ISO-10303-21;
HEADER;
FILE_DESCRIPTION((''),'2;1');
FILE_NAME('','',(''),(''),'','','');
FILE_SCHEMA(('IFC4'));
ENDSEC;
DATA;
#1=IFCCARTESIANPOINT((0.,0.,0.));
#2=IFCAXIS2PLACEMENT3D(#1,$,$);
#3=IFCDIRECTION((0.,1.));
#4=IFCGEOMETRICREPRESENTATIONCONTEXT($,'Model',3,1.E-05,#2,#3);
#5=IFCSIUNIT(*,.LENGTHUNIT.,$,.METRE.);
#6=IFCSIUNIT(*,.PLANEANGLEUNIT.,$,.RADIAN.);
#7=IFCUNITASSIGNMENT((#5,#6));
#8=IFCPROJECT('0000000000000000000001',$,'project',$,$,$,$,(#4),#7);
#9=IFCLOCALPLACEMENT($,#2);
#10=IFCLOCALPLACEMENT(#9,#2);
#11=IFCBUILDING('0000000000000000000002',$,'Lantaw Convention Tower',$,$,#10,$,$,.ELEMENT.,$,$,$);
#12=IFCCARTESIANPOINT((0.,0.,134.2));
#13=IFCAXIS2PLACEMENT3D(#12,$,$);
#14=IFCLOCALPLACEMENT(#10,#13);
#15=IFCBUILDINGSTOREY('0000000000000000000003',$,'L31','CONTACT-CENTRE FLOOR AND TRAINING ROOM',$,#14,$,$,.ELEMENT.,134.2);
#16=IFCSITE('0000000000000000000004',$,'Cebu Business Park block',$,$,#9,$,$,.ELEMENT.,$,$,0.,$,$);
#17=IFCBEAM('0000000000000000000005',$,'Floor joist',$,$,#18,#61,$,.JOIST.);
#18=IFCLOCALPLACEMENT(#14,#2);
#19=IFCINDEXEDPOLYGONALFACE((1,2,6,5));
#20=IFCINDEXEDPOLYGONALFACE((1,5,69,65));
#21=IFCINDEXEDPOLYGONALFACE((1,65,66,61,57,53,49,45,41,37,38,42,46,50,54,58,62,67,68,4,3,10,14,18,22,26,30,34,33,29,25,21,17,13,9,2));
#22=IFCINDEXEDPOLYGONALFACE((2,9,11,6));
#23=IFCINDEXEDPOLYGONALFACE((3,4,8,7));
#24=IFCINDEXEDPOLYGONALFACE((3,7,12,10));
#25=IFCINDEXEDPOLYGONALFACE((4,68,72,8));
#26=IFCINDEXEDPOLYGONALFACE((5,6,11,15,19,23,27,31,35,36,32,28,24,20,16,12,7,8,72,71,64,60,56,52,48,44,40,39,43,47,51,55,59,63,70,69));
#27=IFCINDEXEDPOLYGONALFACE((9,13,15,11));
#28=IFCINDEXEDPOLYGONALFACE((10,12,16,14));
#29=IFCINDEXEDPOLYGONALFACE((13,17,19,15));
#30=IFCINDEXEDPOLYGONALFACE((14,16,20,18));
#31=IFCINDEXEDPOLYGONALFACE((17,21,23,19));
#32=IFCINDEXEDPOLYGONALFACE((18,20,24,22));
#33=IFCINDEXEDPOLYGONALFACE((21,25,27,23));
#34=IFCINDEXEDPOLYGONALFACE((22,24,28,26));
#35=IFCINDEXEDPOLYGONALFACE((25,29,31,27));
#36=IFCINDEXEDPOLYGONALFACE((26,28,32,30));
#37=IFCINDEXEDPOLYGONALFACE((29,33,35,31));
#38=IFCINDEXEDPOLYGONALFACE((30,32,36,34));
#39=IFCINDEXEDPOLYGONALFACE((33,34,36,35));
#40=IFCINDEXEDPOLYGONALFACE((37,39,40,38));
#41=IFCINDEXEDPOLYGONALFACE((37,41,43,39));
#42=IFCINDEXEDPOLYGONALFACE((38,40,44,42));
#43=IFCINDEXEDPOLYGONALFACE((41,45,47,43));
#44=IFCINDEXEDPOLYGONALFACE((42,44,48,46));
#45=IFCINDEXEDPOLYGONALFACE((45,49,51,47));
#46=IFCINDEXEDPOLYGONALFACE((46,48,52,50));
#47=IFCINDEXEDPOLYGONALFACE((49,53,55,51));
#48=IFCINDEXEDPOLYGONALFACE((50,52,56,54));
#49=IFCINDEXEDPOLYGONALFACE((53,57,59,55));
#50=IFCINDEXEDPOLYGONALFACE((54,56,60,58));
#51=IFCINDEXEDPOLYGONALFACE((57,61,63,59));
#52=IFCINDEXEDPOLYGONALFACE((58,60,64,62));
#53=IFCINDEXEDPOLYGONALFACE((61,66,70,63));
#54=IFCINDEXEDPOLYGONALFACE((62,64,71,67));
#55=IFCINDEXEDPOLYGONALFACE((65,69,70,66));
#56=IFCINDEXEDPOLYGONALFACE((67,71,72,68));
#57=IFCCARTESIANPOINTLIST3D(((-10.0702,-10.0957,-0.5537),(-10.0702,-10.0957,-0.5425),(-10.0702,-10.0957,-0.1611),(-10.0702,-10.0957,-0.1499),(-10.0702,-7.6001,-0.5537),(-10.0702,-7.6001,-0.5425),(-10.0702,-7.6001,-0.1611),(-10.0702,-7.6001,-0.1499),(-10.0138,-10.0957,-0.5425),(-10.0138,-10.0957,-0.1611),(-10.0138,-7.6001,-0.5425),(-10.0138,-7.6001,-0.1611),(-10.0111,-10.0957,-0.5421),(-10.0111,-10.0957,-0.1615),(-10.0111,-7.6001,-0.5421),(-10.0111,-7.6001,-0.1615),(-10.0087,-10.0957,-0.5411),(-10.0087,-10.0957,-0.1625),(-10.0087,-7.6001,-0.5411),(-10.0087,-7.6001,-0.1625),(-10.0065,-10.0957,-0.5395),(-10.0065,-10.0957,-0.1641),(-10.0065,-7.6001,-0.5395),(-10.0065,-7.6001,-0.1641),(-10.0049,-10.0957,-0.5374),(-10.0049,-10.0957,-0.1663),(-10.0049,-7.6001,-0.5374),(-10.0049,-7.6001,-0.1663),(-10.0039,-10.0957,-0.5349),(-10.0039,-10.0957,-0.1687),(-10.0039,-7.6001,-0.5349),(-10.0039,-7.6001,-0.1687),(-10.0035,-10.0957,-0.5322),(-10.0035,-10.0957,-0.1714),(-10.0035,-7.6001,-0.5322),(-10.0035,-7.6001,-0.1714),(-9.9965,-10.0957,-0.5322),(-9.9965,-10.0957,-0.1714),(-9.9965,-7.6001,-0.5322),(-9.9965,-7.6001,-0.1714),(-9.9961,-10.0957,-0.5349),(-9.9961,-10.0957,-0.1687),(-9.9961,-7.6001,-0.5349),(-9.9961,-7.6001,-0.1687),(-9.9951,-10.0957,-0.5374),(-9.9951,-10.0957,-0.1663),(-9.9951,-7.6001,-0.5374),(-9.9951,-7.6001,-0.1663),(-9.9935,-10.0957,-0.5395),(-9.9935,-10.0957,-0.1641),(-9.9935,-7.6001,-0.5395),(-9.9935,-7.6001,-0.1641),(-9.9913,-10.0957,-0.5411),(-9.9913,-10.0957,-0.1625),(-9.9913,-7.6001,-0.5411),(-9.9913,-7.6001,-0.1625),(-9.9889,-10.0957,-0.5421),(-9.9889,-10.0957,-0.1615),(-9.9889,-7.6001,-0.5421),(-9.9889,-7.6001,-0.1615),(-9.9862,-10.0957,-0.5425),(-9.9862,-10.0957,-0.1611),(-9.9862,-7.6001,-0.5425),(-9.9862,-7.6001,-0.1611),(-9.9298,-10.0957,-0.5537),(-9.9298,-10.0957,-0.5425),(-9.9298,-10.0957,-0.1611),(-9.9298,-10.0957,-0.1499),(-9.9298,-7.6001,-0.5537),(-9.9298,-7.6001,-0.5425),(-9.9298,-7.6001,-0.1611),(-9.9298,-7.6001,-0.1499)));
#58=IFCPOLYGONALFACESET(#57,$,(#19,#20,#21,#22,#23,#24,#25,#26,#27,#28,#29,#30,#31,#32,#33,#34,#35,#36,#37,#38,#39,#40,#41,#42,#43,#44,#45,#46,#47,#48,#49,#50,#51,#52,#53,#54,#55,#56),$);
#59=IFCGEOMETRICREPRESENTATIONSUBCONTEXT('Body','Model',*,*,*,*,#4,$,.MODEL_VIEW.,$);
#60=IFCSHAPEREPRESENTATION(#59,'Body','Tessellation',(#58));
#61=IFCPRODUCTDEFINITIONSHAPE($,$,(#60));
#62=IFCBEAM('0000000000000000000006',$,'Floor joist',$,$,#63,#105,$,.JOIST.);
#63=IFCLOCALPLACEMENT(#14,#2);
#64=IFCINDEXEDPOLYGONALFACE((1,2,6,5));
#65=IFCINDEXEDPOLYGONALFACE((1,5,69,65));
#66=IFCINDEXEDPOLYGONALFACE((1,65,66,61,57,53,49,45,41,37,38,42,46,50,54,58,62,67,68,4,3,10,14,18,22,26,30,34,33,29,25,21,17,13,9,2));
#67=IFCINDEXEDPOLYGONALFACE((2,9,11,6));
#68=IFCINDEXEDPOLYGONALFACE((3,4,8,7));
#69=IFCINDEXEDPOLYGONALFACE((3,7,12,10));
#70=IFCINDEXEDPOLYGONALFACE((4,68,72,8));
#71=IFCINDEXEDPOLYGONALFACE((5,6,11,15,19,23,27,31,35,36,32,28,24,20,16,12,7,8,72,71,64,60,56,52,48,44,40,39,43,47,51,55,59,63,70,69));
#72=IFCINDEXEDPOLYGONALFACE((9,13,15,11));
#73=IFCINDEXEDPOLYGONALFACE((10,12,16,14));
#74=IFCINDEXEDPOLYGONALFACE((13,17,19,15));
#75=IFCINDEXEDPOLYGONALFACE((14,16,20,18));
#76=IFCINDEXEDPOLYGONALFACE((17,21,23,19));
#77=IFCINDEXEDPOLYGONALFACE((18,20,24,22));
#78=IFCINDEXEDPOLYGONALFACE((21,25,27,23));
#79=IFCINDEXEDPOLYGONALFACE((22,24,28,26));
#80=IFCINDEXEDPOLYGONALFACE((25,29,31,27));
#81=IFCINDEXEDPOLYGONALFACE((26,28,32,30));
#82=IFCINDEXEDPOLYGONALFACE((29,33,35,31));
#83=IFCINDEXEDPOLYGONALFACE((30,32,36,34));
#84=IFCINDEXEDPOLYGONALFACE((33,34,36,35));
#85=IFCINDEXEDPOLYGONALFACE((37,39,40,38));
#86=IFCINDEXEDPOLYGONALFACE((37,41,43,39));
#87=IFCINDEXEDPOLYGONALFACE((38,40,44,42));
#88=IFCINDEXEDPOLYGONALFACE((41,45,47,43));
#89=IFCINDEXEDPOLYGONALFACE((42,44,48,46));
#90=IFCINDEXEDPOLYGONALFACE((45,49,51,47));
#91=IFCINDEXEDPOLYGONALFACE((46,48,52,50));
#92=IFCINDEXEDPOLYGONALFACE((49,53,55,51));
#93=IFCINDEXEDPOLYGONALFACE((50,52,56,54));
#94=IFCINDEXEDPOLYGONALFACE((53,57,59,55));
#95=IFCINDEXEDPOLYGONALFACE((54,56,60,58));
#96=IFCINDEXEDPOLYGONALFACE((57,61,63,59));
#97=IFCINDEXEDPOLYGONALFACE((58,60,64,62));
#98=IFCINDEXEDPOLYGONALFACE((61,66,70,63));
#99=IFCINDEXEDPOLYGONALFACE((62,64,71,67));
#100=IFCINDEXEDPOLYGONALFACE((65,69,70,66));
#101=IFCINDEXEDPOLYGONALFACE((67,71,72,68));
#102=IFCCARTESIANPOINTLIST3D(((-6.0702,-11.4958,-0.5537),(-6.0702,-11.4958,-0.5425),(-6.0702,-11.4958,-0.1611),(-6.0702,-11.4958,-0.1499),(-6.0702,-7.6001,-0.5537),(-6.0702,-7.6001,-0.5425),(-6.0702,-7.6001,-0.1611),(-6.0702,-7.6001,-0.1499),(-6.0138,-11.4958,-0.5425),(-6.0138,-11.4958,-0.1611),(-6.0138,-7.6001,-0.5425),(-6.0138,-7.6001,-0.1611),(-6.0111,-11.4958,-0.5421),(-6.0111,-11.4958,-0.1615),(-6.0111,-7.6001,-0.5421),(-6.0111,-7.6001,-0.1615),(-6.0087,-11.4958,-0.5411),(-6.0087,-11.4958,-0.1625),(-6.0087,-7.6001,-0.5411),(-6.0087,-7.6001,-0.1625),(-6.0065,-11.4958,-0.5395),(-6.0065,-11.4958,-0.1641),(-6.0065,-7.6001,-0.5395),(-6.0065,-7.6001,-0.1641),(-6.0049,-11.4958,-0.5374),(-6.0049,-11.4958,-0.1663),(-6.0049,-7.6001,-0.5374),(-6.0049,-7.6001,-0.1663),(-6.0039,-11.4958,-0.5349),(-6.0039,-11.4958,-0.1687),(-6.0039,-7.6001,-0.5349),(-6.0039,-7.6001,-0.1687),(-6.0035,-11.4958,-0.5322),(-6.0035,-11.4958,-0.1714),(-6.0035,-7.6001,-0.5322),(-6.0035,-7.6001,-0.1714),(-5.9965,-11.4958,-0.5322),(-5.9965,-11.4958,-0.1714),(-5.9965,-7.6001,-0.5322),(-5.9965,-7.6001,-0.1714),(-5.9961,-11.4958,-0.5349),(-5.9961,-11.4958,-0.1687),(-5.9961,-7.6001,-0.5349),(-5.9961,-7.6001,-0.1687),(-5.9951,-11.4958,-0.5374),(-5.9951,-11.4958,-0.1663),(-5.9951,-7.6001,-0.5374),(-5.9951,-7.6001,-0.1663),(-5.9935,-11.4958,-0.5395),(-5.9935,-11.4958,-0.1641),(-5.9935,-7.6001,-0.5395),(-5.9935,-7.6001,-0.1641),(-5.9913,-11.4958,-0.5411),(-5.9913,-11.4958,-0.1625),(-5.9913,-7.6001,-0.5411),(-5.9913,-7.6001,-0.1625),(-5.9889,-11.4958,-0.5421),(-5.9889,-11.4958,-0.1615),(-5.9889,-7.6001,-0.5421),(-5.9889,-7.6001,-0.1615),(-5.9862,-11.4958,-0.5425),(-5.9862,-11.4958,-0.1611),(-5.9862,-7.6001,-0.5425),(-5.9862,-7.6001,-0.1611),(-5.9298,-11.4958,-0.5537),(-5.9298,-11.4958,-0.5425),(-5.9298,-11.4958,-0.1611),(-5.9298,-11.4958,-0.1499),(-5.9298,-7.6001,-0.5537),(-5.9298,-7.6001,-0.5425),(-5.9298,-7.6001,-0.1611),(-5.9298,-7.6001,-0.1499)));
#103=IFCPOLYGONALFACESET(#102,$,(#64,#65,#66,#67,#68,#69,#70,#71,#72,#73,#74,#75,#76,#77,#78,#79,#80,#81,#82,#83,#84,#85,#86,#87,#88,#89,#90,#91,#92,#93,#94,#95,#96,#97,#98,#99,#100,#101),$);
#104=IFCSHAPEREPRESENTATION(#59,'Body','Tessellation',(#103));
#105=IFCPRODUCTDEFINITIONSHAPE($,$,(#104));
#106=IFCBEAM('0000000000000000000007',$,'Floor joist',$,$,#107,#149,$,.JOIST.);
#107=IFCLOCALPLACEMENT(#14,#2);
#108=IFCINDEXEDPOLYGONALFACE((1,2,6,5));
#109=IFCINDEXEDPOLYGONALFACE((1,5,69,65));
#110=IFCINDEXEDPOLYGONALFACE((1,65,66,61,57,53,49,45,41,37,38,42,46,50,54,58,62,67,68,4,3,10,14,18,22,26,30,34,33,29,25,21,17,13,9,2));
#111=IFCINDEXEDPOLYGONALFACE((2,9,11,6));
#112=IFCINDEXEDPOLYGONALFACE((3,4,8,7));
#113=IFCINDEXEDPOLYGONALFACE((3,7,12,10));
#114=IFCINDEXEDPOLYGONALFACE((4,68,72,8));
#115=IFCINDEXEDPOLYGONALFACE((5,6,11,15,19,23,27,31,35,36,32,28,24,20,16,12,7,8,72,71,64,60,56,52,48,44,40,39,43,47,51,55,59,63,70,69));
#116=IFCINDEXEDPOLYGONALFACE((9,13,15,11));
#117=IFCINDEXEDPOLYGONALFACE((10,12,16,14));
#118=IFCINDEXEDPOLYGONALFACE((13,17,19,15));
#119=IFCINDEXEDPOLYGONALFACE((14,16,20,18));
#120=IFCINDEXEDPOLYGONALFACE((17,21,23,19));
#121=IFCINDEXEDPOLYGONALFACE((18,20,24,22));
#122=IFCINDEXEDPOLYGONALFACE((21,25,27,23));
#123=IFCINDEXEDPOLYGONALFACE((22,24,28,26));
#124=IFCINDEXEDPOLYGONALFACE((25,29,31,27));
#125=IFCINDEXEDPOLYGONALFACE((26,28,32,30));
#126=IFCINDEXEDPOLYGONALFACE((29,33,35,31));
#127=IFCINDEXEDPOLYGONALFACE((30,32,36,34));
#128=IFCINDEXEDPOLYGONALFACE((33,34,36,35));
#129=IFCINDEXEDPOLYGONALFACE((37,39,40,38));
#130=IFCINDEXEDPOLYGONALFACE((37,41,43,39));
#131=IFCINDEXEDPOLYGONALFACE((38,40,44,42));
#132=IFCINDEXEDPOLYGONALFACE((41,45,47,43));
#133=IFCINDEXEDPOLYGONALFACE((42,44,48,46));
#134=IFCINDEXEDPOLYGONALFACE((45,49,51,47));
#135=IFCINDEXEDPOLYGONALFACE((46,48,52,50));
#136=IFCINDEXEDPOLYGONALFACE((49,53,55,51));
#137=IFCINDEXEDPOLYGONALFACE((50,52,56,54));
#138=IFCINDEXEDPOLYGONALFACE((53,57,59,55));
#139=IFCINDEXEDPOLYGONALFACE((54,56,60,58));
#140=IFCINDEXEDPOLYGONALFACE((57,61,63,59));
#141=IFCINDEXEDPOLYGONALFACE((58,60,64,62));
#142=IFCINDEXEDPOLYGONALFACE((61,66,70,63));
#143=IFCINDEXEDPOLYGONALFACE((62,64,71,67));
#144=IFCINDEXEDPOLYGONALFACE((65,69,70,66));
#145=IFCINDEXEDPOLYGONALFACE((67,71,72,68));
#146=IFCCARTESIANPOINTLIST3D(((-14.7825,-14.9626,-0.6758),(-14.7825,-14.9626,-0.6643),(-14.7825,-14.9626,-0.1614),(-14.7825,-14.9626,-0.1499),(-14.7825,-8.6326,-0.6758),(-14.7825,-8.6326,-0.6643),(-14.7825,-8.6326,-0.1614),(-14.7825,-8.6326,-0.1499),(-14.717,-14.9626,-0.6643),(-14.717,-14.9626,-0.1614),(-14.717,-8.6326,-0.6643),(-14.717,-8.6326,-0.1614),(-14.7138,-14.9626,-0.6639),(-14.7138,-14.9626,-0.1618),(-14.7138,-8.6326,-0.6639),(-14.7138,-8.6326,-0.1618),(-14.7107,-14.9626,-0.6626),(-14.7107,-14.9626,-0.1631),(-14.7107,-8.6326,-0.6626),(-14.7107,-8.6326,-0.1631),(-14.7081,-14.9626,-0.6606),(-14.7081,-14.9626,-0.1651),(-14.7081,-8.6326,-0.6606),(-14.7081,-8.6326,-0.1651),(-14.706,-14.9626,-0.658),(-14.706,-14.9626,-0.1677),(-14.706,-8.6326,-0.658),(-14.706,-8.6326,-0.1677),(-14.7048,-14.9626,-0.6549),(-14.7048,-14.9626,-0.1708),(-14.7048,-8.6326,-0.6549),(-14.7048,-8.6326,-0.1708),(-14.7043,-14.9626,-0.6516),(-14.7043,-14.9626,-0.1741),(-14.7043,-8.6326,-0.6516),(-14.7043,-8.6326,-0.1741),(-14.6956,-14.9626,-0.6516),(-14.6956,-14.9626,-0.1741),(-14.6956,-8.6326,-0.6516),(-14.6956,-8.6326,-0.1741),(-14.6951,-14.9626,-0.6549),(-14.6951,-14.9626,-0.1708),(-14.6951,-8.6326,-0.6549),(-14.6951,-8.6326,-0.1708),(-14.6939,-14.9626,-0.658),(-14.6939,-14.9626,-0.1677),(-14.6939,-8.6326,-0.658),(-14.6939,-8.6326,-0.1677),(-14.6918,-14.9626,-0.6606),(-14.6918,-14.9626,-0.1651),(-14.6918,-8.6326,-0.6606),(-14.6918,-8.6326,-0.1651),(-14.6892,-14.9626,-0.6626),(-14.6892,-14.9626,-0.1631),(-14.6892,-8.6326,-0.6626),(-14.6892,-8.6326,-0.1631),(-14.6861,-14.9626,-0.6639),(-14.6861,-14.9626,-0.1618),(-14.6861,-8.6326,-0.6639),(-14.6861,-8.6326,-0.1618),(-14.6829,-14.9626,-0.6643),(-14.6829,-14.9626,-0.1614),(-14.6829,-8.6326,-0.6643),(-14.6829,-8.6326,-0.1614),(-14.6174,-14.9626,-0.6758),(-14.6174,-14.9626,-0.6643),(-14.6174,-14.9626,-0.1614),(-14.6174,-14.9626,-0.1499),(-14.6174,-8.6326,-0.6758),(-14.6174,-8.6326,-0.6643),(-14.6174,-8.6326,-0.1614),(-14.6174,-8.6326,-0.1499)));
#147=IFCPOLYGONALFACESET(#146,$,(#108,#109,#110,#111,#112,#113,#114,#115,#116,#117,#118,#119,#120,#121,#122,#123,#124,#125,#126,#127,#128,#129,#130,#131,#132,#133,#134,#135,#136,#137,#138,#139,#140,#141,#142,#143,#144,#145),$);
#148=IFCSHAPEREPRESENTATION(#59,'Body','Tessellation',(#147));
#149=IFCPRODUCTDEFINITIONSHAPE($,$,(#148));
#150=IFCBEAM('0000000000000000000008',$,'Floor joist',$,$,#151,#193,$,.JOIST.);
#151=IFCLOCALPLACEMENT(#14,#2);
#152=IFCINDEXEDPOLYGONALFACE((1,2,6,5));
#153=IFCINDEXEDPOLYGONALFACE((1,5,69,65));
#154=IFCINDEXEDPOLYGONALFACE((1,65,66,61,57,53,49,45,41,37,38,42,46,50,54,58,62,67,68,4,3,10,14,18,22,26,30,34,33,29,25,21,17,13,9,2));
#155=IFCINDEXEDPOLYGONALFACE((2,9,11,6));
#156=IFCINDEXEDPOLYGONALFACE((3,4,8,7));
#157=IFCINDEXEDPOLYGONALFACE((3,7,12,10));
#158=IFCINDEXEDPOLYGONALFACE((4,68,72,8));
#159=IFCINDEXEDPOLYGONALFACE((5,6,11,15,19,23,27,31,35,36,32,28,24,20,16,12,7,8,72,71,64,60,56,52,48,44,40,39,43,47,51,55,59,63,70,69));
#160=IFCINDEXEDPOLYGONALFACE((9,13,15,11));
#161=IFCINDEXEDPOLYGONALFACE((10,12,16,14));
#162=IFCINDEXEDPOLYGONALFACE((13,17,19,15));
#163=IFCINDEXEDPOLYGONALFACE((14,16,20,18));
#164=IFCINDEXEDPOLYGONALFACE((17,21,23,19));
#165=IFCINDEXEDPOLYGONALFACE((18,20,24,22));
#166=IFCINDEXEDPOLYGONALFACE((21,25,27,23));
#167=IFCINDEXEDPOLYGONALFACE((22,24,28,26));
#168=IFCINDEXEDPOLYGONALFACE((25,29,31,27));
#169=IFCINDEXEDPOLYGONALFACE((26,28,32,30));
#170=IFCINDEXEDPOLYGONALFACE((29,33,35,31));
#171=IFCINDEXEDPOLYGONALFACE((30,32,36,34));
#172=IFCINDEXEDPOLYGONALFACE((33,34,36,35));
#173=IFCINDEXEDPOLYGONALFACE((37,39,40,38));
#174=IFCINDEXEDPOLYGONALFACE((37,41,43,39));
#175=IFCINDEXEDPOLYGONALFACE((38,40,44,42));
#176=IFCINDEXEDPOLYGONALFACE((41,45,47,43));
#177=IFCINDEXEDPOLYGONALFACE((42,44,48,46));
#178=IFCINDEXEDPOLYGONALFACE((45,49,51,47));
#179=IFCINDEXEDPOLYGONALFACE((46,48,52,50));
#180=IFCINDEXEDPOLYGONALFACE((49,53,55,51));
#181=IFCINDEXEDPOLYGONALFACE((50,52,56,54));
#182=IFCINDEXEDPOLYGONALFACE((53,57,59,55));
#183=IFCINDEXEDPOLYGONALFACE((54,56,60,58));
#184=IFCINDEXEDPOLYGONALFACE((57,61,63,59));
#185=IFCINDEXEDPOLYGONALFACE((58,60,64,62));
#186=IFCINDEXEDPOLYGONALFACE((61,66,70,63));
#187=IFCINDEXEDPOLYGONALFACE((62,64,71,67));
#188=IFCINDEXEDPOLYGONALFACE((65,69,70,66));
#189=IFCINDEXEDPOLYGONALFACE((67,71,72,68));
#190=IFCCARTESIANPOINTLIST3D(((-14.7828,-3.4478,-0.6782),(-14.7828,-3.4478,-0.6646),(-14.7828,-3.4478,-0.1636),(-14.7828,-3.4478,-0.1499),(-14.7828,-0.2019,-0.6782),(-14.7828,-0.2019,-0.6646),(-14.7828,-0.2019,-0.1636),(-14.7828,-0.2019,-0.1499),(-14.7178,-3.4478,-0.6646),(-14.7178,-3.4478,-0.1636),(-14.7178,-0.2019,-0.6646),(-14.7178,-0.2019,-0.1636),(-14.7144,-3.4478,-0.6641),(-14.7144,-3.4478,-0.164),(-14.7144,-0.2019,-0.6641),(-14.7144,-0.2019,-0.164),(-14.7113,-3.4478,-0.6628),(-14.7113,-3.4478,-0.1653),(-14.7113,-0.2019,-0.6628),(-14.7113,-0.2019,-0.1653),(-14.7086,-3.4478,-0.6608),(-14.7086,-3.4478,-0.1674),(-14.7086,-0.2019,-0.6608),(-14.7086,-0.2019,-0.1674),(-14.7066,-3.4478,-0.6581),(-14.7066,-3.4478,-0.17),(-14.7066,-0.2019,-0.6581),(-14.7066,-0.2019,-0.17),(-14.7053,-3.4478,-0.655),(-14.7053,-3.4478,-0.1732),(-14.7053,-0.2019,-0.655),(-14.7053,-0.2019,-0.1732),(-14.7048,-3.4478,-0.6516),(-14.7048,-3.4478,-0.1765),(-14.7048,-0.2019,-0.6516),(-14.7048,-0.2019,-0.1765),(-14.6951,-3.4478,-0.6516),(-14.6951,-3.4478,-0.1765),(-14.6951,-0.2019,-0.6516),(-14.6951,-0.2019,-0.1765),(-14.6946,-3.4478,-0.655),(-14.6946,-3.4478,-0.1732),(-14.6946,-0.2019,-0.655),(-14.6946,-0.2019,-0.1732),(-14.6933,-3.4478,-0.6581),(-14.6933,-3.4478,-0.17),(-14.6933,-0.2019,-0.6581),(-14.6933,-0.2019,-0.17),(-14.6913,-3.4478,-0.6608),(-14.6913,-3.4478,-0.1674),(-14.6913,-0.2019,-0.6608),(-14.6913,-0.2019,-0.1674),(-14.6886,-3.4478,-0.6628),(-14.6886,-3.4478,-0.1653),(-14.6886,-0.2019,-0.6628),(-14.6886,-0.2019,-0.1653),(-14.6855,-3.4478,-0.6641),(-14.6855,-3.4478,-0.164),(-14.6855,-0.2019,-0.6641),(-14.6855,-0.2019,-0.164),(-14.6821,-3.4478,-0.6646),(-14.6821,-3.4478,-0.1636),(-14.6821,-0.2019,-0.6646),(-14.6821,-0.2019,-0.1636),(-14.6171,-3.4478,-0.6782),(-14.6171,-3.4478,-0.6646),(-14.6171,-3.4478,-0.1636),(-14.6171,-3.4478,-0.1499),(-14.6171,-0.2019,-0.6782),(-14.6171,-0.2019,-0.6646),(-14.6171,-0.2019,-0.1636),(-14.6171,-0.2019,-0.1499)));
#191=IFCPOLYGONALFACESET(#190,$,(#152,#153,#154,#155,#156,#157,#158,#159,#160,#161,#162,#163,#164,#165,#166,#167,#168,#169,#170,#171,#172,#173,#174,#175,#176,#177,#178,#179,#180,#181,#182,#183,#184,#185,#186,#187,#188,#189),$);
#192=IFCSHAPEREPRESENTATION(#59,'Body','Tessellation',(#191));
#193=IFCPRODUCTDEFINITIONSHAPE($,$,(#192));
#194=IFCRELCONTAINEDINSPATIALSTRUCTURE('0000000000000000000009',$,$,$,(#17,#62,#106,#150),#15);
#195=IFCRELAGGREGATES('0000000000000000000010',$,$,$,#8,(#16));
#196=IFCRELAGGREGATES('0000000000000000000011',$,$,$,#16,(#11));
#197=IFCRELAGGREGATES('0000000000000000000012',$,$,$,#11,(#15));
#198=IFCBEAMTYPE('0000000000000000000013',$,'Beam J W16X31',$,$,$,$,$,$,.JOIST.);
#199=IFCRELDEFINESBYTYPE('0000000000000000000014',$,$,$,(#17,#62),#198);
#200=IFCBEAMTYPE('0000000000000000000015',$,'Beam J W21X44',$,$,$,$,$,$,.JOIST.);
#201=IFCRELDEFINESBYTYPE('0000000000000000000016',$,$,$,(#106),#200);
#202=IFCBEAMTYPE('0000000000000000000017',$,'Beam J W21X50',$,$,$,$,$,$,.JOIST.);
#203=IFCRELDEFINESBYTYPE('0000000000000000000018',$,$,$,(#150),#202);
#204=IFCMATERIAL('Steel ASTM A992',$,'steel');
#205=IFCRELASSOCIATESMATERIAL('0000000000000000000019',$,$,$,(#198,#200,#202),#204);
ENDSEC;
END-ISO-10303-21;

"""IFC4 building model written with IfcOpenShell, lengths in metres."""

from ifc_helpers import new_model, si_unit, direction, frame, origin, origin_2d, place, context, subcontext, project, spatial, i_section, extrude, material, material_profile, profile_set, type_object, element, save


model = new_model("IFC4")

# Units and contexts
model_context = context("Model", 3, precision=1e-05, world=origin(), true_north=direction((0.0, 1.0)))
body_context = subcontext(model_context, "Body", "Model", "MODEL_VIEW")
ifc_project = project(units=[si_unit("LENGTHUNIT", "METRE"), si_unit("PLANEANGLEUNIT", "RADIAN")], contexts=[model_context])

# Site, building, storey
site_placement = place(None, origin())
site = spatial("IfcSite", under=ifc_project, at=site_placement, Name="Cebu Business Park block", CompositionType="ELEMENT", RefElevation=0.0)
building_placement = place(site_placement, origin())
building = spatial("IfcBuilding", under=site, at=building_placement, Name="Lantaw Convention Tower", CompositionType="ELEMENT")
storey_placement = place(building_placement, frame((0.0, 0.0, 134.2)))
storey = spatial("IfcBuildingStorey", under=building, at=storey_placement, Name="L31", Description="CONTACT-CENTRE FLOOR AND TRAINING ROOM", CompositionType="ELEMENT", Elevation=134.2)

# Beams
ifc_material_1 = material(Name="Steel ASTM A992", Category="steel")
ifc_material_profile_1 = material_profile(ifc_material_1, i_section(OverallWidth=0.1404, OverallDepth=0.4038, WebThickness=0.0071, FlangeThickness=0.0112, FilletRadius=0.0103, at=origin_2d()), Name="W16X31")
ifc_profile_set_1 = profile_set([ifc_material_profile_1], Name="Steel ASTM A992")
beam_type_1 = type_object("IfcBeamType", Name="Beam J W16X31", PredefinedType="JOIST", material=ifc_profile_set_1)
beam_1_placement = place(storey_placement, frame((-10.0, -10.0957, -0.3518), z_axis=(0.0, 1.0, 0.0), x_axis=(-1.0, 0.0, 0.0)))
element("IfcBeam", 1, at=beam_1_placement, inside=storey, type_object=beam_type_1, Name="Floor joist", PredefinedType="JOIST", context=body_context, shape_type="SweptSolid", body=[
    extrude(i_section(OverallWidth=0.1404, OverallDepth=0.4038, WebThickness=0.0071, FlangeThickness=0.0112, FilletRadius=0.0103, at=origin_2d()), origin(), (0.0, 0.0, 1.0), 2.4956),
])
beam_2_placement = place(storey_placement, frame((-6.0, -11.4958, -0.3518), z_axis=(0.0, 1.0, 0.0), x_axis=(-1.0, 0.0, 0.0)))
element("IfcBeam", 2, at=beam_2_placement, inside=storey, type_object=beam_type_1, Name="Floor joist", PredefinedType="JOIST", context=body_context, shape_type="SweptSolid", body=[
    extrude(i_section(OverallWidth=0.1404, OverallDepth=0.4038, WebThickness=0.0071, FlangeThickness=0.0112, FilletRadius=0.0103, at=origin_2d()), origin(), (0.0, 0.0, 1.0), 3.8958),
])
ifc_material_profile_2 = material_profile(ifc_material_1, i_section(OverallWidth=0.165, OverallDepth=0.5259, WebThickness=0.0088, FlangeThickness=0.0115, FilletRadius=0.0127, at=origin_2d()), Name="W21X44")
ifc_profile_set_2 = profile_set([ifc_material_profile_2], Name="Steel ASTM A992")
beam_type_2 = type_object("IfcBeamType", Name="Beam J W21X44", PredefinedType="JOIST", material=ifc_profile_set_2)
beam_3_placement = place(storey_placement, frame((-14.7, -14.9626, -0.4128), z_axis=(0.0, 1.0, 0.0), x_axis=(-1.0, 0.0, 0.0)))
element("IfcBeam", 3, at=beam_3_placement, inside=storey, type_object=beam_type_2, Name="Floor joist", PredefinedType="JOIST", context=body_context, shape_type="SweptSolid", body=[
    extrude(i_section(OverallWidth=0.165, OverallDepth=0.5259, WebThickness=0.0088, FlangeThickness=0.0115, FilletRadius=0.0127, at=origin_2d()), origin(), (0.0, 0.0, 1.0), 6.3301),
])
ifc_material_profile_3 = material_profile(ifc_material_1, i_section(OverallWidth=0.1658, OverallDepth=0.5283, WebThickness=0.0098, FlangeThickness=0.0137, FilletRadius=0.0129, at=origin_2d()), Name="W21X50")
ifc_profile_set_3 = profile_set([ifc_material_profile_3], Name="Steel ASTM A992")
beam_type_3 = type_object("IfcBeamType", Name="Beam J W21X50", PredefinedType="JOIST", material=ifc_profile_set_3)
beam_4_placement = place(storey_placement, frame((-14.7, -3.4478, -0.4141), z_axis=(0.0, 1.0, 0.0), x_axis=(-1.0, 0.0, 0.0)))
element("IfcBeam", 4, at=beam_4_placement, inside=storey, type_object=beam_type_3, Name="Floor joist", PredefinedType="JOIST", context=body_context, shape_type="SweptSolid", body=[
    extrude(i_section(OverallWidth=0.1658, OverallDepth=0.5283, WebThickness=0.0098, FlangeThickness=0.0137, FilletRadius=0.0129, at=origin_2d()), origin(), (0.0, 0.0, 1.0), 3.2458),
])

save(model, "model.ifc")
